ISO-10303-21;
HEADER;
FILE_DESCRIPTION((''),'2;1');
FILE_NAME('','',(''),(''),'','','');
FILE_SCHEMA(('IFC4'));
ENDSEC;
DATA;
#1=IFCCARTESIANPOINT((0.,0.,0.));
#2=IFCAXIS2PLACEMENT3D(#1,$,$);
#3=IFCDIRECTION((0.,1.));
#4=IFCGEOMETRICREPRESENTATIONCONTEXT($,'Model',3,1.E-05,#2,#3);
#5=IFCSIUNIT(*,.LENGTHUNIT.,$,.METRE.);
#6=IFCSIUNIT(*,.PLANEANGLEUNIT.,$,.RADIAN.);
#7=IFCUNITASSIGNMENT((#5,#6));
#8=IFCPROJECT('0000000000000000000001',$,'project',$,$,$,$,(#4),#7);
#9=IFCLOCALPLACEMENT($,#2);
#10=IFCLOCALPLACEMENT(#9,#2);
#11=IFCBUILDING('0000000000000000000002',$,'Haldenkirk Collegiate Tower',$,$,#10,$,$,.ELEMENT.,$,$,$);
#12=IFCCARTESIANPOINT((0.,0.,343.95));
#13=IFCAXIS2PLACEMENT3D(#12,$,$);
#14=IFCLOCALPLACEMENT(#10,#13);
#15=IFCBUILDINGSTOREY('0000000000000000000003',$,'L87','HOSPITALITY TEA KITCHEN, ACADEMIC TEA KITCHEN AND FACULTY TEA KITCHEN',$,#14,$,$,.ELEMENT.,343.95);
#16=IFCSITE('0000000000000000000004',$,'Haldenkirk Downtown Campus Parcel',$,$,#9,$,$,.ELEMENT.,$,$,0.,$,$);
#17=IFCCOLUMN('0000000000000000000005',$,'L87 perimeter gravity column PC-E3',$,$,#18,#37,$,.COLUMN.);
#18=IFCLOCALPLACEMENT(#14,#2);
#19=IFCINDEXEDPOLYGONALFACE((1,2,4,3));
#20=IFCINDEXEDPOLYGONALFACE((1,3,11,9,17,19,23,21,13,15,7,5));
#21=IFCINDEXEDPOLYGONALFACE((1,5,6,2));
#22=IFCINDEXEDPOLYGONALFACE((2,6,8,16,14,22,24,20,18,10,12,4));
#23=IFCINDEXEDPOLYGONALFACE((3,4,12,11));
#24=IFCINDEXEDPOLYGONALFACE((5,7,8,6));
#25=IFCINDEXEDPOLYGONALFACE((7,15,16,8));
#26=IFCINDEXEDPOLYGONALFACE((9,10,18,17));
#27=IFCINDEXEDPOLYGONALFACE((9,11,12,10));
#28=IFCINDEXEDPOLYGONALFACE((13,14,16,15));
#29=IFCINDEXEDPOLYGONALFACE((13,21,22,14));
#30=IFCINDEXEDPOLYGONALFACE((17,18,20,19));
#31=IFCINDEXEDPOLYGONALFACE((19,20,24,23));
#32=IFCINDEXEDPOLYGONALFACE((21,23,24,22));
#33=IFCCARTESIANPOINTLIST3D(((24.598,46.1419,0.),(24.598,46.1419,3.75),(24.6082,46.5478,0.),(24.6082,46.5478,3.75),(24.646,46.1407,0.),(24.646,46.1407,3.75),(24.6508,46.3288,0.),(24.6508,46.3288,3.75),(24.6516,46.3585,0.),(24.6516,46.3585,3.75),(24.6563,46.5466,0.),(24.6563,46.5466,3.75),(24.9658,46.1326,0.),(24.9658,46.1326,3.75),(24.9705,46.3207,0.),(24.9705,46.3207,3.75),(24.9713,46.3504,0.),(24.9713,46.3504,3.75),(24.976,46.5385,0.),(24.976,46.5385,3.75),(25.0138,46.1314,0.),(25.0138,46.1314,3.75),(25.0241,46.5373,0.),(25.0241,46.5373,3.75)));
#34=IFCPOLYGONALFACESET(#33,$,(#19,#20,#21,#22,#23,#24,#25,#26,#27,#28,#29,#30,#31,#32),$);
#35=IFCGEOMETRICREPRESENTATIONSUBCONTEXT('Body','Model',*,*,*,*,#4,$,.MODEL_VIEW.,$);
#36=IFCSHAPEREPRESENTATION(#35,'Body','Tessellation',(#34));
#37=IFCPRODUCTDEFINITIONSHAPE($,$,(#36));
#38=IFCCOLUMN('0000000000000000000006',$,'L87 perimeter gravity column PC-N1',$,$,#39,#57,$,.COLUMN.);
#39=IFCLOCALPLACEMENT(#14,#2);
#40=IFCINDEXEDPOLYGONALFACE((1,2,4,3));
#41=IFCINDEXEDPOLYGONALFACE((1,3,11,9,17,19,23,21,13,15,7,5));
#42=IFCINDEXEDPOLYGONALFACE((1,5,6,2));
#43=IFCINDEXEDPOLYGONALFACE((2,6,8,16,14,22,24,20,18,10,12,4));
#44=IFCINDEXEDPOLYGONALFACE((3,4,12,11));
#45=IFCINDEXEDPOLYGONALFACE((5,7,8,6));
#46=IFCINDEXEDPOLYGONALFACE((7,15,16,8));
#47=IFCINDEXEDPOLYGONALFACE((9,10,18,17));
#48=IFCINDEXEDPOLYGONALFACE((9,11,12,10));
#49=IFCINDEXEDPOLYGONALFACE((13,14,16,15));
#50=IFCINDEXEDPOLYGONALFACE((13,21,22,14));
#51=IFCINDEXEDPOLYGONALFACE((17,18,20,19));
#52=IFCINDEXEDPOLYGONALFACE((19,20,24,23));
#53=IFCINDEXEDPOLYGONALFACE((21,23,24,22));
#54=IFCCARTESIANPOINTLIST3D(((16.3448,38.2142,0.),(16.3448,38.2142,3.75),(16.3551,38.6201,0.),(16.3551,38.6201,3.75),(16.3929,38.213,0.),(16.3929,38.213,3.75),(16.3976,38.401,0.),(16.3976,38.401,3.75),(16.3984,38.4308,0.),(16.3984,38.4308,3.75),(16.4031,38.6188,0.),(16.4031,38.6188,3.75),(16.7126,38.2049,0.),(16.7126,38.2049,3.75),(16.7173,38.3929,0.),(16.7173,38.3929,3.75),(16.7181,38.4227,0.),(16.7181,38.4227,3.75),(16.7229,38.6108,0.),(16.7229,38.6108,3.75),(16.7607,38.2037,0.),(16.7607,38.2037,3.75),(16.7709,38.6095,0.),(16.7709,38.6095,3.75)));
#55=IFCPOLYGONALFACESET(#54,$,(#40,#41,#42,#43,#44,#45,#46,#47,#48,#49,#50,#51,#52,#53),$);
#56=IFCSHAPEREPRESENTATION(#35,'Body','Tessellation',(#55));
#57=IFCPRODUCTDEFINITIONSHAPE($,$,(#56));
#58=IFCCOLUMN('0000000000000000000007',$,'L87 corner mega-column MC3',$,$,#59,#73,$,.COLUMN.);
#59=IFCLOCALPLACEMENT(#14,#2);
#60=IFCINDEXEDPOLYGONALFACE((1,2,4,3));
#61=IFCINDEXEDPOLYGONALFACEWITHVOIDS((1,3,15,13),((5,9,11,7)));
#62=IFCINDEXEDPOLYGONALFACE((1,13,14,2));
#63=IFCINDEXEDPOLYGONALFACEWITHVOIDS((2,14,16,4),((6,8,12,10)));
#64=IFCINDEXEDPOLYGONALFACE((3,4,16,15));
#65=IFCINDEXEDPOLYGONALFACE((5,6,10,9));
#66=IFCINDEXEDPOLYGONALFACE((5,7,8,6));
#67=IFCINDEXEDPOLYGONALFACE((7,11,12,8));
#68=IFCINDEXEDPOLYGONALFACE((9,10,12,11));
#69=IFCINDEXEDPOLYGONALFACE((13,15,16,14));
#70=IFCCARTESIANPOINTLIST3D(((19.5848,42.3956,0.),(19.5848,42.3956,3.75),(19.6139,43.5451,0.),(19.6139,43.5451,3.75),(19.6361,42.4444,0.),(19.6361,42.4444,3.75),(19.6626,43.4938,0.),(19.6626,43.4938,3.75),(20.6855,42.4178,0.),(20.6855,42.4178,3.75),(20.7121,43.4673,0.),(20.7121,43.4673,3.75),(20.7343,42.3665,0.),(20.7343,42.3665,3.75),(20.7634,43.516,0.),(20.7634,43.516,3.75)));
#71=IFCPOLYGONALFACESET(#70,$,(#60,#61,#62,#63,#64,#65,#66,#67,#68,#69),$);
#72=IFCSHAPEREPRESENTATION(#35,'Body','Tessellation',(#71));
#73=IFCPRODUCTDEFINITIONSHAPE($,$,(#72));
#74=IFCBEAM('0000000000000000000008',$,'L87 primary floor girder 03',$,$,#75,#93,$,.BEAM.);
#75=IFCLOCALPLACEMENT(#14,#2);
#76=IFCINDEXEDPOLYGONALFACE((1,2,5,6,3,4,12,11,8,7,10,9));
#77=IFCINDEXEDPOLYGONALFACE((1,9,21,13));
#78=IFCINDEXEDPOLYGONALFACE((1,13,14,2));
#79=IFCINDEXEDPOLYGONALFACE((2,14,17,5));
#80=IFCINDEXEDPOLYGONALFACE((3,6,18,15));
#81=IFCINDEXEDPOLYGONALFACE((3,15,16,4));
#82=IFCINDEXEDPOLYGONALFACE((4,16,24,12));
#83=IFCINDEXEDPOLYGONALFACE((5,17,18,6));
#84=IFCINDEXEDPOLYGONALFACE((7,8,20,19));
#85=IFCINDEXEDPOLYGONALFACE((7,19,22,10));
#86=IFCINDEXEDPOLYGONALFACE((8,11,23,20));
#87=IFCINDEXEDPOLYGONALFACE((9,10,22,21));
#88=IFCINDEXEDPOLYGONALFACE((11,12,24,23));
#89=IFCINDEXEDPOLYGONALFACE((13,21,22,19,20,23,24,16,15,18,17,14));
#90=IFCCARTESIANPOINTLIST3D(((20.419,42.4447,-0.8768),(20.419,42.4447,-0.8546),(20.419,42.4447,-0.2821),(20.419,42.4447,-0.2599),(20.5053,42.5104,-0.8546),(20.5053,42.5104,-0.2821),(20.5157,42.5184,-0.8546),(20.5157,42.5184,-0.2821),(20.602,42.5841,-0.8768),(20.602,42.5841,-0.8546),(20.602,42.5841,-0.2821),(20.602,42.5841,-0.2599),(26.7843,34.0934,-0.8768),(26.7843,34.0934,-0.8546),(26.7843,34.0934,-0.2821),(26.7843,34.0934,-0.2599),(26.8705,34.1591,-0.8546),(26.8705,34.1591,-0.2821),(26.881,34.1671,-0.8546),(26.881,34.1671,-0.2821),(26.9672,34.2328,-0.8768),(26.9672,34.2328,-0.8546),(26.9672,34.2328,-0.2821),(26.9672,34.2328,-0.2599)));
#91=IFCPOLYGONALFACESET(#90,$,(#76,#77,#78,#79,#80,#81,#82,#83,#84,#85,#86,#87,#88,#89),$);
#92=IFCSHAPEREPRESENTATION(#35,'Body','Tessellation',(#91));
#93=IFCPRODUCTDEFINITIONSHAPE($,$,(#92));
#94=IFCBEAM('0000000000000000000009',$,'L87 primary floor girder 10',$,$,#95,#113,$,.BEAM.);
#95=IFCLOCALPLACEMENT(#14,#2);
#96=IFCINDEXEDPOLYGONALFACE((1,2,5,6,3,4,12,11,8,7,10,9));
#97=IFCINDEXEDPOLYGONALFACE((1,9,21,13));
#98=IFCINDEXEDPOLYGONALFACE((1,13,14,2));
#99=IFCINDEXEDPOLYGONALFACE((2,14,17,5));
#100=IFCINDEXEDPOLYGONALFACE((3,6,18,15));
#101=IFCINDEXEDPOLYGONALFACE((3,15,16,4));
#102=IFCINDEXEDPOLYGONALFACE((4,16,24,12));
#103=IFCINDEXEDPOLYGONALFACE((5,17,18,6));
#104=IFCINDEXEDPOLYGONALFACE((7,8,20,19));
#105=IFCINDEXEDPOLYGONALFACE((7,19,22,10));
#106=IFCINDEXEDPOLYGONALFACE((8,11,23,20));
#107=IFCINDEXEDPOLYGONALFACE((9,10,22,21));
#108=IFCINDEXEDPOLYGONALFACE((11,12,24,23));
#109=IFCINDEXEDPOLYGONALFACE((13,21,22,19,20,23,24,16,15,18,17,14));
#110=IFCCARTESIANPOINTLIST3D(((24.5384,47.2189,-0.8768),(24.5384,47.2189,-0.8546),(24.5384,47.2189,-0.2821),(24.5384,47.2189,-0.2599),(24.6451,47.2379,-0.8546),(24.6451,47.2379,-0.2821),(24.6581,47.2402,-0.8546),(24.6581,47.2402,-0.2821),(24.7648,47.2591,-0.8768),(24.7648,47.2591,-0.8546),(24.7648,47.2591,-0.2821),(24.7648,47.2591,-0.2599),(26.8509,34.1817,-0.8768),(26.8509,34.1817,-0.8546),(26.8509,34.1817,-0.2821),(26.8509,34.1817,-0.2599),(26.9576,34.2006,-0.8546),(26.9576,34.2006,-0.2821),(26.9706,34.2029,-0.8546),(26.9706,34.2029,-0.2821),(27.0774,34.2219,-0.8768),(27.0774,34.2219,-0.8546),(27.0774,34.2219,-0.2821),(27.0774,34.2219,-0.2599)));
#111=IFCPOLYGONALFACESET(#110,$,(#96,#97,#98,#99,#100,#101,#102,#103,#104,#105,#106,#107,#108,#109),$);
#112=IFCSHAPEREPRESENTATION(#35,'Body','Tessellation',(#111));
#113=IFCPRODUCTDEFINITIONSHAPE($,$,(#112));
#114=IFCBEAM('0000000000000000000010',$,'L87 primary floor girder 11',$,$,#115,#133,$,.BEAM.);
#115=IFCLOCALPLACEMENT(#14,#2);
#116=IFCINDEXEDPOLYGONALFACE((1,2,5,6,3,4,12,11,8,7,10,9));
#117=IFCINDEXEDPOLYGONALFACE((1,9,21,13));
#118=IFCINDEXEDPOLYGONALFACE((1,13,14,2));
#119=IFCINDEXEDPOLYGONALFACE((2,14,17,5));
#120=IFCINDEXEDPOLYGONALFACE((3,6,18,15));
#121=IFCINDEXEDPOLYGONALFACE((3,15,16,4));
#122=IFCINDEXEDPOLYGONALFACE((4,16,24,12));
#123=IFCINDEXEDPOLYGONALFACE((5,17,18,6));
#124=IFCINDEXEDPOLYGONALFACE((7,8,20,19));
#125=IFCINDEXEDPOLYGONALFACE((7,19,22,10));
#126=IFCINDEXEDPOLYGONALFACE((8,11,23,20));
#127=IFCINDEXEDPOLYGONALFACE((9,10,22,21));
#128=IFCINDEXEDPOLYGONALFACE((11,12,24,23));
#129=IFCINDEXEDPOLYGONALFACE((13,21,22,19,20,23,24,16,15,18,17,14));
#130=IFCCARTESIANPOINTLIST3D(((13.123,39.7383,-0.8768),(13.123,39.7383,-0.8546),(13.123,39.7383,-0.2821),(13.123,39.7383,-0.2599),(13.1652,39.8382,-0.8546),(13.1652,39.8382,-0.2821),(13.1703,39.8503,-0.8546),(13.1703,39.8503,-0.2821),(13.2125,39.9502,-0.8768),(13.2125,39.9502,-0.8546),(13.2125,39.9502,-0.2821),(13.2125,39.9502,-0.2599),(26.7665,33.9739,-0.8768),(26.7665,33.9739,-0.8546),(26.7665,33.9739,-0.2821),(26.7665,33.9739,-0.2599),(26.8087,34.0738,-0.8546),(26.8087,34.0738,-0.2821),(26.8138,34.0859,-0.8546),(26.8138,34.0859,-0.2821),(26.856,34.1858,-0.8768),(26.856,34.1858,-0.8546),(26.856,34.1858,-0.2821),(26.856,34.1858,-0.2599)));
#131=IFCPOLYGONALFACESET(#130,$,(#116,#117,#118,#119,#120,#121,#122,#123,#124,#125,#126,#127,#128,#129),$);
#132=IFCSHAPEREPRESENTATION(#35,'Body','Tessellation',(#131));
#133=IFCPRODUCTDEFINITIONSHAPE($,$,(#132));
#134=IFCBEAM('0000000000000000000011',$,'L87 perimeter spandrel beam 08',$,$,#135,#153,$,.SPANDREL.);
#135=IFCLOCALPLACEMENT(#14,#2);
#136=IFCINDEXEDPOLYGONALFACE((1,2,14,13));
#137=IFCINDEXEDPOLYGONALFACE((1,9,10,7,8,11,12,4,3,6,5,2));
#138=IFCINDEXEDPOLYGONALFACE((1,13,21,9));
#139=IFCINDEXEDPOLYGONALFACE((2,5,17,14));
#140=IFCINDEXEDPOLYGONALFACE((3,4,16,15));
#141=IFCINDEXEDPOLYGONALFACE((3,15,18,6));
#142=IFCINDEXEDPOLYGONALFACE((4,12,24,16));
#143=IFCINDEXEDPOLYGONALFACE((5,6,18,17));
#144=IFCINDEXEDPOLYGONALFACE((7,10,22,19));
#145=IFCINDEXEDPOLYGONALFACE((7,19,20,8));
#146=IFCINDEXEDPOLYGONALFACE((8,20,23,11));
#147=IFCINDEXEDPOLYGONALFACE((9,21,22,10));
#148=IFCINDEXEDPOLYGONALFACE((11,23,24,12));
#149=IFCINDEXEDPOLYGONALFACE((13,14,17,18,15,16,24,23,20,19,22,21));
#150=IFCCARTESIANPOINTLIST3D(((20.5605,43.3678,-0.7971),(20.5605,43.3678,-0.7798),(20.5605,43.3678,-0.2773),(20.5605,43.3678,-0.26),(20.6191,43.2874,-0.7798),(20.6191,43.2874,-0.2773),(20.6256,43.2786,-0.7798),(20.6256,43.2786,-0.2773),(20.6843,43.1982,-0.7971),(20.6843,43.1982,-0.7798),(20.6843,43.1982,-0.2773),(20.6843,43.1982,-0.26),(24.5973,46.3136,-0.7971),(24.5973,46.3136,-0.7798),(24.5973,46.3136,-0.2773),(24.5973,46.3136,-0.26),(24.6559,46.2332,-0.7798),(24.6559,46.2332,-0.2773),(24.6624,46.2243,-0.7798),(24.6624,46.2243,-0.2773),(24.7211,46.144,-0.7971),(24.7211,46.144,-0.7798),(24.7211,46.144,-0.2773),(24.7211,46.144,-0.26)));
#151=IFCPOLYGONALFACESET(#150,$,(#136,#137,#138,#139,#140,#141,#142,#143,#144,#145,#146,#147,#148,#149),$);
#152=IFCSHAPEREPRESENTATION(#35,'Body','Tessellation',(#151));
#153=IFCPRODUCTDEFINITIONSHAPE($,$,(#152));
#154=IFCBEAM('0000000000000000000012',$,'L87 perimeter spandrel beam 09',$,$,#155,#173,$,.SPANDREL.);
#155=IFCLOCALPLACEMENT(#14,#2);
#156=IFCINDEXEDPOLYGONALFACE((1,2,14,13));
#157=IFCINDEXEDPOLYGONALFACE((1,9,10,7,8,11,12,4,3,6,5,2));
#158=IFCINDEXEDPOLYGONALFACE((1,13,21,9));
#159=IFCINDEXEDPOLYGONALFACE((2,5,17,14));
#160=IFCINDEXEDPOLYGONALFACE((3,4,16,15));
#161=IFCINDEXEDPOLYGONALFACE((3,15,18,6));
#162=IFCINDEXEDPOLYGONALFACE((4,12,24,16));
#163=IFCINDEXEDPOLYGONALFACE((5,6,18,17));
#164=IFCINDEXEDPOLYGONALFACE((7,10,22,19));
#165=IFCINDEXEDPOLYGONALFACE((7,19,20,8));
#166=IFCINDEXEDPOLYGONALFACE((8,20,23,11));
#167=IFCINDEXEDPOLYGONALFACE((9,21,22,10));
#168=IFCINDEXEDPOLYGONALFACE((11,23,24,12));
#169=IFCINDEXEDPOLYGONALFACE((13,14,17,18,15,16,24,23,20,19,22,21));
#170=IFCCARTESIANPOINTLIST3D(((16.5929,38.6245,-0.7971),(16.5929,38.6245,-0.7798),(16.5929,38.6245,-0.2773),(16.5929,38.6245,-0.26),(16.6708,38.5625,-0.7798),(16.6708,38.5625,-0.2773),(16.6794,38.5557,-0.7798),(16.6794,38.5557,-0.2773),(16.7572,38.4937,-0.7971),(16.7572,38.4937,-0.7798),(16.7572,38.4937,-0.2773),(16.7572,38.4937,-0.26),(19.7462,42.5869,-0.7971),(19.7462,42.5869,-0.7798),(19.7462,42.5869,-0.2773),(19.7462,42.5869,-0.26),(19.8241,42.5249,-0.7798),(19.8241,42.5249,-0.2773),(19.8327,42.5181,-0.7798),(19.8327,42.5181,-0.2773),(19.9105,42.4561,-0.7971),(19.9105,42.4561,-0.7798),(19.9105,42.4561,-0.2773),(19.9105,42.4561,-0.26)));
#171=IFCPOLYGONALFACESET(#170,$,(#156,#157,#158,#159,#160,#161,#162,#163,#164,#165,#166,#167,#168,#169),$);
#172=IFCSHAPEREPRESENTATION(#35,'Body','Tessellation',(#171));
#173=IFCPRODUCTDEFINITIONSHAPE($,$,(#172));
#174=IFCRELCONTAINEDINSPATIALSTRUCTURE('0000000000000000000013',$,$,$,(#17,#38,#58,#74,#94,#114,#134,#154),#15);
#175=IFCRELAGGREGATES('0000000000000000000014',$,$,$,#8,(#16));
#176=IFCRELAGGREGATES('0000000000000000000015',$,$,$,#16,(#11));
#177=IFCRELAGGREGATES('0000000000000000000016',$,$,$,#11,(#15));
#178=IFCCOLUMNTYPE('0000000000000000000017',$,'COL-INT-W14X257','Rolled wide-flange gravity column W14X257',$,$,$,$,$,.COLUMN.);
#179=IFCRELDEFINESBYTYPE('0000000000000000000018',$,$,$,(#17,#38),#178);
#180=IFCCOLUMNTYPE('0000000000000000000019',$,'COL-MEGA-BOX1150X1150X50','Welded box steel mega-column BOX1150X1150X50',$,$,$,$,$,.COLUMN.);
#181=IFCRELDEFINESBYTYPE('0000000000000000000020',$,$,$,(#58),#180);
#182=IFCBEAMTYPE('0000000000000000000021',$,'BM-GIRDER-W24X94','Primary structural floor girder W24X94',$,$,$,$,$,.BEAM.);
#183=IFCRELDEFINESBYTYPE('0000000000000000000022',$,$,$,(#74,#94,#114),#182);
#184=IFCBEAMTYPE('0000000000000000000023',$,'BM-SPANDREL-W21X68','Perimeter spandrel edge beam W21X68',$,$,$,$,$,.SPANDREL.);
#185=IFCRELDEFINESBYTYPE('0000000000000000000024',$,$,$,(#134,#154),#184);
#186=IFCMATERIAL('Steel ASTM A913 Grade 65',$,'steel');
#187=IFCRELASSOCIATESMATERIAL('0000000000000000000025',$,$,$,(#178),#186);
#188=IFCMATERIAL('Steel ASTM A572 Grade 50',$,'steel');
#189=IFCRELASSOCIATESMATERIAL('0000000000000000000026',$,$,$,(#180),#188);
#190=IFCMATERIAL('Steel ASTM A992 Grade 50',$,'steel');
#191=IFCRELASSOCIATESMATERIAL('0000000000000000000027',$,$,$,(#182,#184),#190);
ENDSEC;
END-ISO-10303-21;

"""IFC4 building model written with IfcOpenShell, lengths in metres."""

from ifc_helpers import new_model, si_unit, direction, frame, origin, origin_2d, place, context, subcontext, project, spatial, hollow_rectangle, i_section, extrude, material, material_profile, profile_set, type_object, element, save


model = new_model("IFC4")

# Units and contexts
model_context = context("Model", 3, precision=1e-05, world=origin(), true_north=direction((0.0, 1.0)))
body_context = subcontext(model_context, "Body", "Model", "MODEL_VIEW")
ifc_project = project(units=[si_unit("LENGTHUNIT", "METRE"), si_unit("PLANEANGLEUNIT", "RADIAN")], contexts=[model_context])

# Site, building, storey
site_placement = place(None, origin())
site = spatial("IfcSite", under=ifc_project, at=site_placement, Name="Haldenkirk Downtown Campus Parcel", CompositionType="ELEMENT", RefElevation=0.0)
building_placement = place(site_placement, origin())
building = spatial("IfcBuilding", under=site, at=building_placement, Name="Haldenkirk Collegiate Tower", CompositionType="ELEMENT")
storey_placement = place(building_placement, frame((0.0, 0.0, 343.95)))
storey = spatial("IfcBuildingStorey", under=building, at=storey_placement, Name="L87", Description="HOSPITALITY TEA KITCHEN, ACADEMIC TEA KITCHEN AND FACULTY TEA KITCHEN", CompositionType="ELEMENT", Elevation=343.95)

# Columns
ifc_material_1 = material(Name="Steel ASTM A913 Grade 65", Category="steel")
ifc_material_profile_1 = material_profile(ifc_material_1, i_section(OverallWidth=0.406, OverallDepth=0.416, WebThickness=0.0298, FlangeThickness=0.0481, at=origin_2d()), Name="W14X257")
ifc_profile_set_1 = profile_set([ifc_material_profile_1], Name="Steel ASTM A913 Grade 65")
column_type_1 = type_object("IfcColumnType", Name="COL-INT-W14X257", Description="Rolled wide-flange gravity column W14X257", PredefinedType="COLUMN", material=ifc_profile_set_1)
for number, where, z_axis, x_axis, name in (
    (1, (24.811, 46.3396, 0.0), (0.0, 0.0, 1.0), (0.025305, 0.99968, 0.0), "L87 perimeter gravity column PC-E3"),
    (2, (16.5579, 38.4119, 0.0), (0.0, 0.0, 1.0), (0.025305, 0.99968, 0.0), "L87 perimeter gravity column PC-N1"),
):
    element("IfcColumn", number, at=place(storey_placement, frame(where, z_axis=z_axis, x_axis=x_axis)), inside=storey, type_object=column_type_1, Name=name, PredefinedType="COLUMN", context=body_context, shape_type="SweptSolid", body=[
        extrude(i_section(OverallWidth=0.406, OverallDepth=0.416, WebThickness=0.0298, FlangeThickness=0.0481, at=origin_2d()), origin(), (0.0, 0.0, 1.0), 3.75),
    ])
ifc_material_2 = material(Name="Steel ASTM A572 Grade 50", Category="steel")
ifc_material_profile_2 = material_profile(ifc_material_2, hollow_rectangle(XDim=1.1499, YDim=1.1499, WallThickness=0.05, at=origin_2d()), Name="BOX1150X1150X50")
ifc_profile_set_2 = profile_set([ifc_material_profile_2], Name="Steel ASTM A572 Grade 50")
column_type_2 = type_object("IfcColumnType", Name="COL-MEGA-BOX1150X1150X50", Description="Welded box steel mega-column BOX1150X1150X50", PredefinedType="COLUMN", material=ifc_profile_set_2)
column_placement = place(storey_placement, frame((20.1741, 42.9558, 0.0), z_axis=(0.0, 0.0, 1.0), x_axis=(0.025305, 0.99968, 0.0)))
element("IfcColumn", 3, at=column_placement, inside=storey, type_object=column_type_2, Name="L87 corner mega-column MC3", PredefinedType="COLUMN", context=body_context, shape_type="SweptSolid", body=[
    extrude(hollow_rectangle(XDim=1.1499, YDim=1.1499, WallThickness=0.05, at=origin_2d()), origin(), (0.0, 0.0, 1.0), 3.75),
])

# Beams
ifc_material_3 = material(Name="Steel ASTM A992 Grade 50", Category="steel")
ifc_material_profile_3 = material_profile(ifc_material_3, i_section(OverallWidth=0.23, OverallDepth=0.6169, WebThickness=0.0132, FlangeThickness=0.0222, at=origin_2d()), Name="W24X94")
ifc_profile_set_3 = profile_set([ifc_material_profile_3], Name="Steel ASTM A992 Grade 50")
beam_type_1 = type_object("IfcBeamType", Name="BM-GIRDER-W24X94", Description="Primary structural floor girder W24X94", PredefinedType="BEAM", material=ifc_profile_set_3)
beam_1_placement = place(storey_placement, frame((20.5105, 42.5144, -0.5684), z_axis=(0.606183, -0.795325, 0.0), x_axis=(0.795325, 0.606183, 0.0)))
element("IfcBeam", 4, at=beam_1_placement, inside=storey, type_object=beam_type_1, Name="L87 primary floor girder 03", PredefinedType="BEAM", context=body_context, shape_type="SweptSolid", body=[
    extrude(i_section(OverallWidth=0.23, OverallDepth=0.6169, WebThickness=0.0132, FlangeThickness=0.0222, at=origin_2d()), origin(), (0.0, 0.0, 1.0), 10.5005),
])
beam_2_placement = place(storey_placement, frame((24.6516, 47.239, -0.5684), z_axis=(0.174652, -0.98463, 0.0), x_axis=(0.98463, 0.174652, 0.0)))
element("IfcBeam", 5, at=beam_2_placement, inside=storey, type_object=beam_type_1, Name="L87 primary floor girder 10", PredefinedType="BEAM", context=body_context, shape_type="SweptSolid", body=[
    extrude(i_section(OverallWidth=0.23, OverallDepth=0.6169, WebThickness=0.0132, FlangeThickness=0.0222, at=origin_2d()), origin(), (0.0, 0.0, 1.0), 13.2407),
])
beam_3_placement = place(storey_placement, frame((13.1677, 39.8442, -0.5684), z_axis=(0.921158, -0.389189, 0.0), x_axis=(0.389189, 0.921158, 0.0)))
element("IfcBeam", 6, at=beam_3_placement, inside=storey, type_object=beam_type_1, Name="L87 primary floor girder 11", PredefinedType="BEAM", context=body_context, shape_type="SweptSolid", body=[
    extrude(i_section(OverallWidth=0.23, OverallDepth=0.6169, WebThickness=0.0132, FlangeThickness=0.0222, at=origin_2d()), origin(), (0.0, 0.0, 1.0), 14.8113),
])
ifc_material_profile_4 = material_profile(ifc_material_3, i_section(OverallWidth=0.21, OverallDepth=0.5371, WebThickness=0.011, FlangeThickness=0.0173, at=origin_2d()), Name="W21X68")
ifc_profile_set_4 = profile_set([ifc_material_profile_4], Name="Steel ASTM A992 Grade 50")
beam_type_2 = type_object("IfcBeamType", Name="BM-SPANDREL-W21X68", Description="Perimeter spandrel edge beam W21X68", PredefinedType="SPANDREL", material=ifc_profile_set_4)
beam_4_placement = place(storey_placement, frame((24.6592, 46.2288, -0.5286), z_axis=(-0.807793, -0.589466, 0.0), x_axis=(0.589466, -0.807793, 0.0)))
element("IfcBeam", 7, at=beam_4_placement, inside=storey, type_object=beam_type_2, Name="L87 perimeter spandrel beam 08", PredefinedType="SPANDREL", context=body_context, shape_type="SweptSolid", body=[
    extrude(i_section(OverallWidth=0.21, OverallDepth=0.5371, WebThickness=0.011, FlangeThickness=0.0173, at=origin_2d()), origin(), (0.0, 0.0, 1.0), 4.9973),
])
beam_5_placement = place(storey_placement, frame((19.8284, 42.5215, -0.5286), z_axis=(-0.622694, -0.782465, 0.0), x_axis=(0.782465, -0.622694, 0.0)))
element("IfcBeam", 8, at=beam_5_placement, inside=storey, type_object=beam_type_2, Name="L87 perimeter spandrel beam 09", PredefinedType="SPANDREL", context=body_context, shape_type="SweptSolid", body=[
    extrude(i_section(OverallWidth=0.21, OverallDepth=0.5371, WebThickness=0.011, FlangeThickness=0.0173, at=origin_2d()), origin(), (0.0, 0.0, 1.0), 5.064),
])

save(model, "model.ifc")
